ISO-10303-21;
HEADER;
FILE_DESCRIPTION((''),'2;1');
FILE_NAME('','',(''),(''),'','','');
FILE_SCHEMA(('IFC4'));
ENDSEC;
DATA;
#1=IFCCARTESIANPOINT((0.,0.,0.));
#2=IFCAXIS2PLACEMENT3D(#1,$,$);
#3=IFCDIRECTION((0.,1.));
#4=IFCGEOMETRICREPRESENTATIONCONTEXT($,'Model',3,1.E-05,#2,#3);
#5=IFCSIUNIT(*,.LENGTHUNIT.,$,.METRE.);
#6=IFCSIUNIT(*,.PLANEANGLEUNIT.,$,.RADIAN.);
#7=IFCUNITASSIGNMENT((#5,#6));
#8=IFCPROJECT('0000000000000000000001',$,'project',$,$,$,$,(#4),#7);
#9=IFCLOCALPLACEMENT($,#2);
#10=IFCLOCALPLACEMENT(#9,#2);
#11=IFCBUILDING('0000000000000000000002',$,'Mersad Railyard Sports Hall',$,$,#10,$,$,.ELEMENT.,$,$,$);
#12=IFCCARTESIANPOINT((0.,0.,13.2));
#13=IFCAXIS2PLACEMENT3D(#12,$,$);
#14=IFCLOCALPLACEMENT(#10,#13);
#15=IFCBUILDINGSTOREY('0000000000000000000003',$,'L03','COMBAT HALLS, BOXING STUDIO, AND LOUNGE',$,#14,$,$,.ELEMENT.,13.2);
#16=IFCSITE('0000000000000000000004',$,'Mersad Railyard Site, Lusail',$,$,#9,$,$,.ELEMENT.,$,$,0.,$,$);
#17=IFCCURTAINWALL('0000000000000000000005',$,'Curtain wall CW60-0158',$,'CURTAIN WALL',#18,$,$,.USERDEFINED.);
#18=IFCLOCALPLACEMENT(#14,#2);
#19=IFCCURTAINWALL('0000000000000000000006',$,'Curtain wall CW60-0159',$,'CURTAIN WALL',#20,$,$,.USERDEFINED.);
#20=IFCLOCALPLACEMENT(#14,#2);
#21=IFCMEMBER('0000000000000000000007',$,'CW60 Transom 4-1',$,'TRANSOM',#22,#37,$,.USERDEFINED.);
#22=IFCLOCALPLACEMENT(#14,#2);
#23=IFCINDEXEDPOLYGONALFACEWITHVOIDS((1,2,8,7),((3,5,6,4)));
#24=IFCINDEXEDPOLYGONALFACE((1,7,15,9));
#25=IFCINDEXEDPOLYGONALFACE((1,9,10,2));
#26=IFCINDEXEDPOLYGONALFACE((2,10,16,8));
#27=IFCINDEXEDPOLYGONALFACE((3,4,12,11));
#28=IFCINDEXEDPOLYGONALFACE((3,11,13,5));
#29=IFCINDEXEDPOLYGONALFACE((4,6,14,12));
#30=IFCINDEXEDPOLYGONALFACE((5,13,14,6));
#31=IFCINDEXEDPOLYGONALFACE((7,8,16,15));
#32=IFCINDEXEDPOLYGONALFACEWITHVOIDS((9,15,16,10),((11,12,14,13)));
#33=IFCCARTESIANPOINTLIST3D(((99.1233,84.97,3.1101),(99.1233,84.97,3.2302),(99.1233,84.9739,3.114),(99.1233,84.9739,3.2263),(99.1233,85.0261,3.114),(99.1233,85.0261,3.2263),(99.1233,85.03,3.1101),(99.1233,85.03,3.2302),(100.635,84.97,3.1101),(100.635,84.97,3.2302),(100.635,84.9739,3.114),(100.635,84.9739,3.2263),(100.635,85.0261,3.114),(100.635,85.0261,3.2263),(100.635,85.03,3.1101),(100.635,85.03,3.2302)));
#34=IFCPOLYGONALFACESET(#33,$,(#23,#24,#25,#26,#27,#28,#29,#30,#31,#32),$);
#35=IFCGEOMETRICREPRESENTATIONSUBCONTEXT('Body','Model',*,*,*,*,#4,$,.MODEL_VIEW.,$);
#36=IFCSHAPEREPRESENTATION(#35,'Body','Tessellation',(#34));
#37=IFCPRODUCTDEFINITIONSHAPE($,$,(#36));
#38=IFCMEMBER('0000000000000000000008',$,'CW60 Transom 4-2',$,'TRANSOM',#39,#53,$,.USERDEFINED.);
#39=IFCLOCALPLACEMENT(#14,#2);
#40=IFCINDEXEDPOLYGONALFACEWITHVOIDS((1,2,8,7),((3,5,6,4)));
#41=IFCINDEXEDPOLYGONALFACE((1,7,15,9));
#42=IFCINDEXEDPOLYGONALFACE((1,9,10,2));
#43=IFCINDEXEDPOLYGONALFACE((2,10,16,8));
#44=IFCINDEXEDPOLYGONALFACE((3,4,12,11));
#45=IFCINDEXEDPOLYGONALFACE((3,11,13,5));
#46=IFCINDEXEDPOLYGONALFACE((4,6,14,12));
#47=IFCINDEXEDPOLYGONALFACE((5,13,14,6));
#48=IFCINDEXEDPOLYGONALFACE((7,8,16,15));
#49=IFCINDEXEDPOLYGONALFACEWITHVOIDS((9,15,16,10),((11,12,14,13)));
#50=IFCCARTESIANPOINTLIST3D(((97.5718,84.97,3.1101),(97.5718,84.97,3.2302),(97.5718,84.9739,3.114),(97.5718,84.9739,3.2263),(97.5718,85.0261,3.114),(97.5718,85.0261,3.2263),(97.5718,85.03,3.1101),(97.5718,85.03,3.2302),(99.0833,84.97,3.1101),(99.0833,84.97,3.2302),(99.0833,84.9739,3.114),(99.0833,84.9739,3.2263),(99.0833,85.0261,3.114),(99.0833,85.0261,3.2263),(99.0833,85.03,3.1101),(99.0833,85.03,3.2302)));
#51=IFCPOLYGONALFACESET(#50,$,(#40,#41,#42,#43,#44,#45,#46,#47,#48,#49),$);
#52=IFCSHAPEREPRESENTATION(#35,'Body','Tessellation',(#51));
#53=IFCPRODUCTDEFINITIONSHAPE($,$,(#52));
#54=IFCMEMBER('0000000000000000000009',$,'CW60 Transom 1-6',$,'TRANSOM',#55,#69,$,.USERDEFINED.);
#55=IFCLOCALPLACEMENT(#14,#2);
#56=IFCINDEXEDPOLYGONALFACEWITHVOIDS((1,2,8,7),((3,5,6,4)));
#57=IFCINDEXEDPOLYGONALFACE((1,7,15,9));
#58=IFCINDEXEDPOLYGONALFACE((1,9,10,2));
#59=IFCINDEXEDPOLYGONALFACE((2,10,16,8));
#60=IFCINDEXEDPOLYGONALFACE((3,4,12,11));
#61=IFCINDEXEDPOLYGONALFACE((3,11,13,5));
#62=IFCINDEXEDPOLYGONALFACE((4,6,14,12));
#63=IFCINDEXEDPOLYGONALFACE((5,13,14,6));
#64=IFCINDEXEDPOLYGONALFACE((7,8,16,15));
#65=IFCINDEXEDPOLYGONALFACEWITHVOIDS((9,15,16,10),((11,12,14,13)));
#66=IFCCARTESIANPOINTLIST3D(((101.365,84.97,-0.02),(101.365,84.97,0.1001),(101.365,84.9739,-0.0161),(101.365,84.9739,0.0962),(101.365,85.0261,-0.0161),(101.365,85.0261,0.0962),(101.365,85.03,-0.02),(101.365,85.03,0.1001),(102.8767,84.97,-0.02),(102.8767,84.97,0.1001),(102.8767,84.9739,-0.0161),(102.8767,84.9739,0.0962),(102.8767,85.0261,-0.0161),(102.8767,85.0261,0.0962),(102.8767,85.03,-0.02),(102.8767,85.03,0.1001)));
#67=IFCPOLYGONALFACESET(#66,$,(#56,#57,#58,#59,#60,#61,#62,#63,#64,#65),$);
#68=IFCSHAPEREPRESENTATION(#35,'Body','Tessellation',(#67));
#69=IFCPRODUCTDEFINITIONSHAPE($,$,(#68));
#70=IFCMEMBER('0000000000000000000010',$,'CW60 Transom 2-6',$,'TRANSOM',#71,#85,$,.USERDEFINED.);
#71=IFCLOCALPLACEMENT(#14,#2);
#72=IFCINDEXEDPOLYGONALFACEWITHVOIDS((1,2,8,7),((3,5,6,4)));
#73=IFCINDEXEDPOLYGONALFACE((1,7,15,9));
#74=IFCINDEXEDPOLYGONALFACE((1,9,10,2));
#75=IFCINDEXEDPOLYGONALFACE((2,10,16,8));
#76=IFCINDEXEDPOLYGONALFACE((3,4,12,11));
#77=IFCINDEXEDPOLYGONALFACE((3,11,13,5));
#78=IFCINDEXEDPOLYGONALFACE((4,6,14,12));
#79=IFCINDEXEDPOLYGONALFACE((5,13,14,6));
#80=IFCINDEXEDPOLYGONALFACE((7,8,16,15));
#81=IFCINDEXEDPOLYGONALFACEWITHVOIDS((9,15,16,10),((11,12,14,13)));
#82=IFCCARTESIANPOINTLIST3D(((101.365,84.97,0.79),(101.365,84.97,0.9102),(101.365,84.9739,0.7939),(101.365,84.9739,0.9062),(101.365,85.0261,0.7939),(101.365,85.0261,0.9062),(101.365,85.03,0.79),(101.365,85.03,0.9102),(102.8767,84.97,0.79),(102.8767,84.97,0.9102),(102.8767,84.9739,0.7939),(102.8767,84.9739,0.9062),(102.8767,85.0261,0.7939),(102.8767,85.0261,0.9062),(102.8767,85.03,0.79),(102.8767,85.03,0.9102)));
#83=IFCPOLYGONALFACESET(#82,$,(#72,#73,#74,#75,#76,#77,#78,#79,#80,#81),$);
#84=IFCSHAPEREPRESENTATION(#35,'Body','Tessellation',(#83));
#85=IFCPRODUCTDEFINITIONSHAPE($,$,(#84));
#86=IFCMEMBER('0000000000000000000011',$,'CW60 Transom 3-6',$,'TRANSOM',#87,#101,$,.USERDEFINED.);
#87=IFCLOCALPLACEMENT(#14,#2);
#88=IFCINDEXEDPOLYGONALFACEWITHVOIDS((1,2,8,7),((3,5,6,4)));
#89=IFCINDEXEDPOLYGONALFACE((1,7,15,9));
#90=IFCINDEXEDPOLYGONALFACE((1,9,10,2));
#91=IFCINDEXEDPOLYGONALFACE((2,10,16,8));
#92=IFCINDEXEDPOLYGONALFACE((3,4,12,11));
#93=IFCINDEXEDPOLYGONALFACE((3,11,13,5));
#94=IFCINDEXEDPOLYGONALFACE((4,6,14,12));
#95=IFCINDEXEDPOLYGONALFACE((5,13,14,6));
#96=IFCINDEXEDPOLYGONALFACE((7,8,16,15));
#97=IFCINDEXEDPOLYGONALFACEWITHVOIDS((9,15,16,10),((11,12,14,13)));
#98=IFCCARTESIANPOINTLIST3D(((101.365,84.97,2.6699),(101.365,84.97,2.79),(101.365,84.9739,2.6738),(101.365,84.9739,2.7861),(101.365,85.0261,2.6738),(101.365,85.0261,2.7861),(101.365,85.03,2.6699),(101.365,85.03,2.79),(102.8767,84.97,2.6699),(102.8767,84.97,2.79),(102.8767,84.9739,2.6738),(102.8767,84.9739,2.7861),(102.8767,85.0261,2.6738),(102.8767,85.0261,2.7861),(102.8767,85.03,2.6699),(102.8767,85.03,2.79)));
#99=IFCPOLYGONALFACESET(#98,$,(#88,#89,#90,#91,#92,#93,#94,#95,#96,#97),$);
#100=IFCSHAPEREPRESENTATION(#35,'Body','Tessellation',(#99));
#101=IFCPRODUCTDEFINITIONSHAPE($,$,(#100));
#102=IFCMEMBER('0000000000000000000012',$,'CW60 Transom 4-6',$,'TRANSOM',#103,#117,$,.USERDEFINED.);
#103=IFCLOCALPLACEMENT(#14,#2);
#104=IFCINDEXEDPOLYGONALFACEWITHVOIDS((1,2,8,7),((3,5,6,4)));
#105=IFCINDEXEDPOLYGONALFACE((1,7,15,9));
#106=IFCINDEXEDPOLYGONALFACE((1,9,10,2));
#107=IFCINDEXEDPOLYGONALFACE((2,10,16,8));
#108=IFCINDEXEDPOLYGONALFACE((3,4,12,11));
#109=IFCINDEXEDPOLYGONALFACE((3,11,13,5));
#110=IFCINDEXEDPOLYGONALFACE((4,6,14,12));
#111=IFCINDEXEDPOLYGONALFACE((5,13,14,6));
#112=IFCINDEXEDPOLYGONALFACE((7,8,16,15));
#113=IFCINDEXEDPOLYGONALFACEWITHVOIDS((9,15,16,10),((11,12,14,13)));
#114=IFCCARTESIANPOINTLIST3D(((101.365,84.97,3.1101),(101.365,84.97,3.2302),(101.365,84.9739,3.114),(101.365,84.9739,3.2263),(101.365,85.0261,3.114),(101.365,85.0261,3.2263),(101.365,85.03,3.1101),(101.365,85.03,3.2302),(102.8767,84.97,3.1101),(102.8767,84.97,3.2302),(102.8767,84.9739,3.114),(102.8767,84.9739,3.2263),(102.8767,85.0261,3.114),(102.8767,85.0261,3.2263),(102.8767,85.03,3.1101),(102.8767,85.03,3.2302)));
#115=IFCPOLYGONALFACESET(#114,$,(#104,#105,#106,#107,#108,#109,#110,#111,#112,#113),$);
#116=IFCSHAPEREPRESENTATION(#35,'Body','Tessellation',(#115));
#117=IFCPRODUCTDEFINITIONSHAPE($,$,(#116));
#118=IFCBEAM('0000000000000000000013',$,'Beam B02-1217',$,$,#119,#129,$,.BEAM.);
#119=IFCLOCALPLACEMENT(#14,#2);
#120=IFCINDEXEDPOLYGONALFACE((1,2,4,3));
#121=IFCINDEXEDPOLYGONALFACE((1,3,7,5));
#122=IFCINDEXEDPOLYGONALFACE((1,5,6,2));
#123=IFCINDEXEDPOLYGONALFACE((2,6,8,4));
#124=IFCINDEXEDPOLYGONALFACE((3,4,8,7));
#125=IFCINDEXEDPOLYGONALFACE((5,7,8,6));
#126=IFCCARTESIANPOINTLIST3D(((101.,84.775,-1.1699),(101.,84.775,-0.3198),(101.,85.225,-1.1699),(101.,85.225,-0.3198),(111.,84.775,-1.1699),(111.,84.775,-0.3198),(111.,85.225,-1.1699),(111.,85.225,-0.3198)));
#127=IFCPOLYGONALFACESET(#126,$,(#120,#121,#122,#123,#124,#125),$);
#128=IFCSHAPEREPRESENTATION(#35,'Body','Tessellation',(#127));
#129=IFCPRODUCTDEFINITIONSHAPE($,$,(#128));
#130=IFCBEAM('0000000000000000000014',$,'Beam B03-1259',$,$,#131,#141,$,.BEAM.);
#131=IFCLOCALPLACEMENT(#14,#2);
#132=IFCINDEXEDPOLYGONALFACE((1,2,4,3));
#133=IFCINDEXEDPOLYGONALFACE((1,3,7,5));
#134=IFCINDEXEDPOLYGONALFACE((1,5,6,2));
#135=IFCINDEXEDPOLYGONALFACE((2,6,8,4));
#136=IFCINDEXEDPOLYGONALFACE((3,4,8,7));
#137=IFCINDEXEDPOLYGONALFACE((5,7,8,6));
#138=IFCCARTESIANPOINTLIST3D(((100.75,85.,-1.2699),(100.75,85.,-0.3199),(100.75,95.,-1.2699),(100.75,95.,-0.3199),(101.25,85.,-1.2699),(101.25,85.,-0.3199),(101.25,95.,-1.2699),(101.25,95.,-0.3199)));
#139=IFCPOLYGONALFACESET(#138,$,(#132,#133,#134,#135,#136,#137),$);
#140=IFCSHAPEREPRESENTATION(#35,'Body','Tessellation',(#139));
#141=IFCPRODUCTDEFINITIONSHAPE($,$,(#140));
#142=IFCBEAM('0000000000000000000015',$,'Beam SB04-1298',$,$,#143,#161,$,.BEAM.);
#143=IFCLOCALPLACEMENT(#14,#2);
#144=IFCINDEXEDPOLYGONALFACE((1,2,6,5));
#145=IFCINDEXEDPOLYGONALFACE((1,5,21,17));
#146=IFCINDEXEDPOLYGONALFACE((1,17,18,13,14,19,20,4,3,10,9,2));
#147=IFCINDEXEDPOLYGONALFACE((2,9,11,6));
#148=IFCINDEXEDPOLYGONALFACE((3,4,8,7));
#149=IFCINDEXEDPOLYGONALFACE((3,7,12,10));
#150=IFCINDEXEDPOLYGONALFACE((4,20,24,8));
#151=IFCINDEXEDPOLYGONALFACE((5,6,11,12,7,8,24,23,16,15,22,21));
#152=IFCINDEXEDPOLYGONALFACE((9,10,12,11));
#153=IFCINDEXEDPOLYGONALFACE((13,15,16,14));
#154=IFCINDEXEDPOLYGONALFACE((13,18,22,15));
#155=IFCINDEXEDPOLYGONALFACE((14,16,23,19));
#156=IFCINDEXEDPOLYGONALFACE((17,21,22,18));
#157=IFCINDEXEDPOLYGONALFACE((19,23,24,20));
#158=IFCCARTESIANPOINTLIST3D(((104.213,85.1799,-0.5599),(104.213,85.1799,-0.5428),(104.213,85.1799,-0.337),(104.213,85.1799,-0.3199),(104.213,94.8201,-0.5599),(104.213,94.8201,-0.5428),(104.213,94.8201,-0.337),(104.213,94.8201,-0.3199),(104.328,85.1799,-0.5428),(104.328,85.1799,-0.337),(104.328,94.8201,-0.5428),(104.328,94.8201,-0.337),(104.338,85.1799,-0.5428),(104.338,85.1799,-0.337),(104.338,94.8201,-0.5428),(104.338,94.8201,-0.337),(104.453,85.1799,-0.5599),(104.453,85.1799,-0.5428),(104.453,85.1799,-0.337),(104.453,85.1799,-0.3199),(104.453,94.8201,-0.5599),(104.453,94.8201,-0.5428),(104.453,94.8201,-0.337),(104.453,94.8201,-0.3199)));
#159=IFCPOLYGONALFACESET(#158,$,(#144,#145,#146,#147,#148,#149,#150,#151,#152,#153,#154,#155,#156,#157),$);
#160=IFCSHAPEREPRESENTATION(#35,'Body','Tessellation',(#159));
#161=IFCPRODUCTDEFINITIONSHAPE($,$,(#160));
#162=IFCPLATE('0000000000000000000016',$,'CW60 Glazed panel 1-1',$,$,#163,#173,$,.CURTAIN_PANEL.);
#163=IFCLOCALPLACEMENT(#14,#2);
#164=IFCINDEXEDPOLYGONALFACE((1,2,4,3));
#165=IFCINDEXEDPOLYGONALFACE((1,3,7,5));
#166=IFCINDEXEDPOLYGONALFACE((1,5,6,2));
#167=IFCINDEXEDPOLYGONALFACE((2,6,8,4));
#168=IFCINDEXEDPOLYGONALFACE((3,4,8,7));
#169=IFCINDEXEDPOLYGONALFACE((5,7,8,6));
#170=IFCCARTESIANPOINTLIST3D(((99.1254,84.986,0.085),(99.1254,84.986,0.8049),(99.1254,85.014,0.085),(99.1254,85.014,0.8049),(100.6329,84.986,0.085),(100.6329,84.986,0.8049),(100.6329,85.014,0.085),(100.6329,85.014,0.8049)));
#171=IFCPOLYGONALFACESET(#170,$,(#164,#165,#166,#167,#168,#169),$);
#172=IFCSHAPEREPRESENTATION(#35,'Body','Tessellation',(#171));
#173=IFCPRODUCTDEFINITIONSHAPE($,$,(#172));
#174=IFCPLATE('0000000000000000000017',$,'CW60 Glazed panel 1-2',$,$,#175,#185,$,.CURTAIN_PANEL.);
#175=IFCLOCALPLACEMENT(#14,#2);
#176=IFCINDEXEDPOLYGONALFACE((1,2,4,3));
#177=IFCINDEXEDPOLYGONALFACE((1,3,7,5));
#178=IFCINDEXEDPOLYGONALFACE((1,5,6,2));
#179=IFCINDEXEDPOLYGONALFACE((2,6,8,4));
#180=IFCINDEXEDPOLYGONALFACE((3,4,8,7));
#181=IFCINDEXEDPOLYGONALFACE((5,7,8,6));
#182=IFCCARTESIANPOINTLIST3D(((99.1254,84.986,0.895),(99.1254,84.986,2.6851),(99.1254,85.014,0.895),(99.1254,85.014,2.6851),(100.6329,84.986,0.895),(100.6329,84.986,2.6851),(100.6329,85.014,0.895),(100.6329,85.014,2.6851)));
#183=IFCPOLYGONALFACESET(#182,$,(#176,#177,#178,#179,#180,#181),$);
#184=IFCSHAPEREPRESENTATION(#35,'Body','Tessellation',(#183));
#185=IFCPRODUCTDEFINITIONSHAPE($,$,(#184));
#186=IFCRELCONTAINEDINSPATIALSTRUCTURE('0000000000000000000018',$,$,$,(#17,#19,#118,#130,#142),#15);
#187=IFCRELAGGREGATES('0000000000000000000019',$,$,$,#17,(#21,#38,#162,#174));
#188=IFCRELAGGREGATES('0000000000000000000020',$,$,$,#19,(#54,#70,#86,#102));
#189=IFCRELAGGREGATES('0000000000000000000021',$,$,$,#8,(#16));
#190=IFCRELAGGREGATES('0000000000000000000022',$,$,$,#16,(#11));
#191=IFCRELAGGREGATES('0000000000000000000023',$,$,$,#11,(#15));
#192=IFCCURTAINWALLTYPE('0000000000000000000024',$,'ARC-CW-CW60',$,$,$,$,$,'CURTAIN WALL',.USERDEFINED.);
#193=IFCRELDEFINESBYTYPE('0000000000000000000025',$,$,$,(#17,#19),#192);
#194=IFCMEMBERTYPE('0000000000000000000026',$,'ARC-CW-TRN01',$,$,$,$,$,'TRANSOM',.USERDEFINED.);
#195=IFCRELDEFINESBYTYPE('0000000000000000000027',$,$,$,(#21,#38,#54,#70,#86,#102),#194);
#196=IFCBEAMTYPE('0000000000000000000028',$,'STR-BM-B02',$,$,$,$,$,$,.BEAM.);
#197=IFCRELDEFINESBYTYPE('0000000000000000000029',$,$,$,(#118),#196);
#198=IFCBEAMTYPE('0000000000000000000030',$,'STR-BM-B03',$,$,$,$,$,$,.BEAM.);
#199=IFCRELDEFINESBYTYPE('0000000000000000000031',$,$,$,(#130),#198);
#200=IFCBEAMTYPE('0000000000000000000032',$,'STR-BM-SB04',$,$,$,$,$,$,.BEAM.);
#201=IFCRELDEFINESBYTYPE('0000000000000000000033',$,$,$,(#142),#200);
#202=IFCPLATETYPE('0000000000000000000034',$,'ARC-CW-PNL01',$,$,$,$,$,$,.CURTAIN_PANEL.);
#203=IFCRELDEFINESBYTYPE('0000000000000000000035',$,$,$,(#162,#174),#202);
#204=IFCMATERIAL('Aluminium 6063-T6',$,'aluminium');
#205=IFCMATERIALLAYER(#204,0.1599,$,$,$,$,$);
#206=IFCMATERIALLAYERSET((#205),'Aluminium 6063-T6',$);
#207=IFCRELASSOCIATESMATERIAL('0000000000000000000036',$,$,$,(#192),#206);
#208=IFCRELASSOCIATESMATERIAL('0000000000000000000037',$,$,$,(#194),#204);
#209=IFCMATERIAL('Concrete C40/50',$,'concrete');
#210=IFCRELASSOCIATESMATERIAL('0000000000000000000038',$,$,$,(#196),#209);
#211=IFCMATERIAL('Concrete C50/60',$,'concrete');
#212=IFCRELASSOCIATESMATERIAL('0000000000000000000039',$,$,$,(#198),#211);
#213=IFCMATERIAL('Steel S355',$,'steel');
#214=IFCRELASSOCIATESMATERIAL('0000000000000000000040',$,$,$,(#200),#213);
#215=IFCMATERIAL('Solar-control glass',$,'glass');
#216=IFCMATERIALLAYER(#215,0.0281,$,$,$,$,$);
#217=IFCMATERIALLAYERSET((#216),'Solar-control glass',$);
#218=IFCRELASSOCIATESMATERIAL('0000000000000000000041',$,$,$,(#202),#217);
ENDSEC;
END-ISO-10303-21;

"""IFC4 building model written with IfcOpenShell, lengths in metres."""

from ifc_helpers import new_model, si_unit, direction, frame, origin, origin_2d, place, context, subcontext, project, spatial, rectangle, hollow_rectangle, i_section, extrude, material, layer, layer_set, material_profile, profile_set, type_object, element, aggregate, save


model = new_model("IFC4")

# Units and contexts
model_context = context("Model", 3, precision=1e-05, world=origin(), true_north=direction((0.0, 1.0)))
body_context = subcontext(model_context, "Body", "Model", "MODEL_VIEW")
ifc_project = project(units=[si_unit("LENGTHUNIT", "METRE"), si_unit("PLANEANGLEUNIT", "RADIAN")], contexts=[model_context])

# Site, building, storey
site_placement = place(None, origin())
site = spatial("IfcSite", under=ifc_project, at=site_placement, Name="Mersad Railyard Site, Lusail", CompositionType="ELEMENT", RefElevation=0.0)
building_placement = place(site_placement, origin())
building = spatial("IfcBuilding", under=site, at=building_placement, Name="Mersad Railyard Sports Hall", CompositionType="ELEMENT")
storey_placement = place(building_placement, frame((0.0, 0.0, 13.2)))
storey = spatial("IfcBuildingStorey", under=building, at=storey_placement, Name="L03", Description="COMBAT HALLS, BOXING STUDIO, AND LOUNGE", CompositionType="ELEMENT", Elevation=13.2)

# Shared definitions
ifc_material_1 = material(Name="Concrete C40/50", Category="concrete")

# Curtain walls
ifc_material_2 = material(Name="Aluminium 6063-T6", Category="aluminium")
ifc_layer_1 = layer(ifc_material_2, 0.1599)
ifc_layer_set_1 = layer_set([ifc_layer_1], Name="Aluminium 6063-T6")
curtain_wall_type = type_object("IfcCurtainWallType", Name="ARC-CW-CW60", ElementType="CURTAIN WALL", PredefinedType="USERDEFINED", material=ifc_layer_set_1)
curtain_wall_1_placement = place(storey_placement, origin())
curtain_wall_1 = element("IfcCurtainWall", 1, at=curtain_wall_1_placement, inside=storey, type_object=curtain_wall_type, Name="Curtain wall CW60-0158", ObjectType="CURTAIN WALL", PredefinedType="USERDEFINED")
curtain_wall_2_placement = place(storey_placement, origin())
curtain_wall_2 = element("IfcCurtainWall", 2, at=curtain_wall_2_placement, inside=storey, type_object=curtain_wall_type, Name="Curtain wall CW60-0159", ObjectType="CURTAIN WALL", PredefinedType="USERDEFINED")

# Members
ifc_material_profile_1 = material_profile(ifc_material_2, hollow_rectangle(XDim=0.0601, YDim=0.1201, WallThickness=0.0039, at=origin_2d()), Name="AL TRANSOM 60x120x4")
ifc_profile_set_1 = profile_set([ifc_material_profile_1], Name="Aluminium 6063-T6")
member_type_1 = type_object("IfcMemberType", Name="ARC-CW-TRN01", ElementType="TRANSOM", PredefinedType="USERDEFINED", material=ifc_profile_set_1)
member_1_placement = place(storey_placement, frame((100.635, 85.0, 3.1702), z_axis=(-1.0, 0.0, 0.0), x_axis=(0.0, -1.0, 0.0)))
member_1 = element("IfcMember", 3, at=member_1_placement, type_object=member_type_1, Name="CW60 Transom 4-1", ObjectType="TRANSOM", PredefinedType="USERDEFINED", context=body_context, shape_type="SweptSolid", body=[
    extrude(hollow_rectangle(XDim=0.0601, YDim=0.1201, WallThickness=0.0039, at=origin_2d()), origin(), (0.0, 0.0, 1.0), 1.5117),
])
member_2_placement = place(storey_placement, frame((99.0833, 85.0, 3.1702), z_axis=(-1.0, 0.0, 0.0), x_axis=(0.0, -1.0, 0.0)))
member_2 = element("IfcMember", 4, at=member_2_placement, type_object=member_type_1, Name="CW60 Transom 4-2", ObjectType="TRANSOM", PredefinedType="USERDEFINED", context=body_context, shape_type="SweptSolid", body=[
    extrude(hollow_rectangle(XDim=0.0601, YDim=0.1201, WallThickness=0.0039, at=origin_2d()), origin(), (0.0, 0.0, 1.0), 1.5115),
])
member_3_placement = place(storey_placement, frame((102.8767, 85.0, 0.04), z_axis=(-1.0, 0.0, 0.0), x_axis=(0.0, -1.0, 0.0)))
member_3 = element("IfcMember", 5, at=member_3_placement, type_object=member_type_1, Name="CW60 Transom 1-6", ObjectType="TRANSOM", PredefinedType="USERDEFINED", context=body_context, shape_type="SweptSolid", body=[
    extrude(hollow_rectangle(XDim=0.0601, YDim=0.1201, WallThickness=0.0039, at=origin_2d()), origin(), (0.0, 0.0, 1.0), 1.5117),
])
member_4_placement = place(storey_placement, frame((102.8767, 85.0, 0.8501), z_axis=(-1.0, 0.0, 0.0), x_axis=(0.0, -1.0, 0.0)))
member_4 = element("IfcMember", 6, at=member_4_placement, type_object=member_type_1, Name="CW60 Transom 2-6", ObjectType="TRANSOM", PredefinedType="USERDEFINED", context=body_context, shape_type="SweptSolid", body=[
    extrude(hollow_rectangle(XDim=0.0601, YDim=0.1201, WallThickness=0.0039, at=origin_2d()), origin(), (0.0, 0.0, 1.0), 1.5117),
])
member_5_placement = place(storey_placement, frame((102.8767, 85.0, 2.73), z_axis=(-1.0, 0.0, 0.0), x_axis=(0.0, -1.0, 0.0)))
member_5 = element("IfcMember", 7, at=member_5_placement, type_object=member_type_1, Name="CW60 Transom 3-6", ObjectType="TRANSOM", PredefinedType="USERDEFINED", context=body_context, shape_type="SweptSolid", body=[
    extrude(hollow_rectangle(XDim=0.0601, YDim=0.1201, WallThickness=0.0039, at=origin_2d()), origin(), (0.0, 0.0, 1.0), 1.5117),
])
member_6_placement = place(storey_placement, frame((102.8767, 85.0, 3.1702), z_axis=(-1.0, 0.0, 0.0), x_axis=(0.0, -1.0, 0.0)))
member_6 = element("IfcMember", 8, at=member_6_placement, type_object=member_type_1, Name="CW60 Transom 4-6", ObjectType="TRANSOM", PredefinedType="USERDEFINED", context=body_context, shape_type="SweptSolid", body=[
    extrude(hollow_rectangle(XDim=0.0601, YDim=0.1201, WallThickness=0.0039, at=origin_2d()), origin(), (0.0, 0.0, 1.0), 1.5117),
])

# Beams
ifc_material_profile_2 = material_profile(ifc_material_1, rectangle(XDim=0.45, YDim=0.8501, at=origin_2d()), Name="RC 450x850")
ifc_profile_set_2 = profile_set([ifc_material_profile_2], Name="Concrete C40/50")
beam_type_1 = type_object("IfcBeamType", Name="STR-BM-B02", PredefinedType="BEAM", material=ifc_profile_set_2)
beam_1_placement = place(storey_placement, frame((101.0, 85.0, -0.7449), z_axis=(1.0, 0.0, 0.0), x_axis=(0.0, 1.0, 0.0)))
element("IfcBeam", 9, at=beam_1_placement, inside=storey, type_object=beam_type_1, Name="Beam B02-1217", PredefinedType="BEAM", context=body_context, shape_type="SweptSolid", body=[
    extrude(rectangle(XDim=0.45, YDim=0.8501, at=origin_2d()), origin(), (0.0, 0.0, 1.0), 10.0),
])
ifc_material_3 = material(Name="Concrete C50/60", Category="concrete")
ifc_material_profile_3 = material_profile(ifc_material_3, rectangle(XDim=0.5, YDim=0.95, at=origin_2d()), Name="RC 500x950")
ifc_profile_set_3 = profile_set([ifc_material_profile_3], Name="Concrete C50/60")
beam_type_2 = type_object("IfcBeamType", Name="STR-BM-B03", PredefinedType="BEAM", material=ifc_profile_set_3)
beam_2_placement = place(storey_placement, frame((101.0, 85.0, -0.7949), z_axis=(0.0, 1.0, 0.0), x_axis=(-1.0, 0.0, 0.0)))
element("IfcBeam", 10, at=beam_2_placement, inside=storey, type_object=beam_type_2, Name="Beam B03-1259", PredefinedType="BEAM", context=body_context, shape_type="SweptSolid", body=[
    extrude(rectangle(XDim=0.5, YDim=0.95, at=origin_2d()), origin(), (0.0, 0.0, 1.0), 10.0),
])
ifc_material_4 = material(Name="Steel S355", Category="steel")
ifc_material_profile_4 = material_profile(ifc_material_4, i_section(OverallWidth=0.24, OverallDepth=0.24, WebThickness=0.01, FlangeThickness=0.0171, at=origin_2d()), Name="HEB 240")
ifc_profile_set_4 = profile_set([ifc_material_profile_4], Name="Steel S355")
beam_type_3 = type_object("IfcBeamType", Name="STR-BM-SB04", PredefinedType="BEAM", material=ifc_profile_set_4)
beam_3_placement = place(storey_placement, frame((104.333, 85.1799, -0.4399), z_axis=(0.0, 1.0, 0.0), x_axis=(-1.0, 0.0, 0.0)))
element("IfcBeam", 11, at=beam_3_placement, inside=storey, type_object=beam_type_3, Name="Beam SB04-1298", PredefinedType="BEAM", context=body_context, shape_type="SweptSolid", body=[
    extrude(i_section(OverallWidth=0.24, OverallDepth=0.24, WebThickness=0.01, FlangeThickness=0.0171, at=origin_2d()), origin(), (0.0, 0.0, 1.0), 9.6401),
])

# Plates
ifc_material_5 = material(Name="Solar-control glass", Category="glass")
ifc_layer_2 = layer(ifc_material_5, 0.0281)
ifc_layer_set_2 = layer_set([ifc_layer_2], Name="Solar-control glass")
plate_type = type_object("IfcPlateType", Name="ARC-CW-PNL01", PredefinedType="CURTAIN_PANEL", material=ifc_layer_set_2)
plate_1_placement = place(storey_placement, frame((99.8792, 85.0, 0.085), z_axis=(0.0, 0.0, 1.0), x_axis=(-1.0, 0.0, 0.0)))
plate_1 = element("IfcPlate", 12, at=plate_1_placement, type_object=plate_type, Name="CW60 Glazed panel 1-1", PredefinedType="CURTAIN_PANEL", context=body_context, shape_type="SweptSolid", body=[
    extrude(rectangle(XDim=1.5076, YDim=0.0281, at=origin_2d()), origin(), (0.0, 0.0, 1.0), 0.72),
])
plate_2_placement = place(storey_placement, frame((99.8792, 85.0, 0.895), z_axis=(0.0, 0.0, 1.0), x_axis=(-1.0, 0.0, 0.0)))
plate_2 = element("IfcPlate", 13, at=plate_2_placement, type_object=plate_type, Name="CW60 Glazed panel 1-2", PredefinedType="CURTAIN_PANEL", context=body_context, shape_type="SweptSolid", body=[
    extrude(rectangle(XDim=1.5076, YDim=0.0281, at=origin_2d()), origin(), (0.0, 0.0, 1.0), 1.79),
])
aggregate(curtain_wall_1, [member_1, member_2, plate_1, plate_2])
aggregate(curtain_wall_2, [member_3, member_4, member_5, member_6])

save(model, "model.ifc")
